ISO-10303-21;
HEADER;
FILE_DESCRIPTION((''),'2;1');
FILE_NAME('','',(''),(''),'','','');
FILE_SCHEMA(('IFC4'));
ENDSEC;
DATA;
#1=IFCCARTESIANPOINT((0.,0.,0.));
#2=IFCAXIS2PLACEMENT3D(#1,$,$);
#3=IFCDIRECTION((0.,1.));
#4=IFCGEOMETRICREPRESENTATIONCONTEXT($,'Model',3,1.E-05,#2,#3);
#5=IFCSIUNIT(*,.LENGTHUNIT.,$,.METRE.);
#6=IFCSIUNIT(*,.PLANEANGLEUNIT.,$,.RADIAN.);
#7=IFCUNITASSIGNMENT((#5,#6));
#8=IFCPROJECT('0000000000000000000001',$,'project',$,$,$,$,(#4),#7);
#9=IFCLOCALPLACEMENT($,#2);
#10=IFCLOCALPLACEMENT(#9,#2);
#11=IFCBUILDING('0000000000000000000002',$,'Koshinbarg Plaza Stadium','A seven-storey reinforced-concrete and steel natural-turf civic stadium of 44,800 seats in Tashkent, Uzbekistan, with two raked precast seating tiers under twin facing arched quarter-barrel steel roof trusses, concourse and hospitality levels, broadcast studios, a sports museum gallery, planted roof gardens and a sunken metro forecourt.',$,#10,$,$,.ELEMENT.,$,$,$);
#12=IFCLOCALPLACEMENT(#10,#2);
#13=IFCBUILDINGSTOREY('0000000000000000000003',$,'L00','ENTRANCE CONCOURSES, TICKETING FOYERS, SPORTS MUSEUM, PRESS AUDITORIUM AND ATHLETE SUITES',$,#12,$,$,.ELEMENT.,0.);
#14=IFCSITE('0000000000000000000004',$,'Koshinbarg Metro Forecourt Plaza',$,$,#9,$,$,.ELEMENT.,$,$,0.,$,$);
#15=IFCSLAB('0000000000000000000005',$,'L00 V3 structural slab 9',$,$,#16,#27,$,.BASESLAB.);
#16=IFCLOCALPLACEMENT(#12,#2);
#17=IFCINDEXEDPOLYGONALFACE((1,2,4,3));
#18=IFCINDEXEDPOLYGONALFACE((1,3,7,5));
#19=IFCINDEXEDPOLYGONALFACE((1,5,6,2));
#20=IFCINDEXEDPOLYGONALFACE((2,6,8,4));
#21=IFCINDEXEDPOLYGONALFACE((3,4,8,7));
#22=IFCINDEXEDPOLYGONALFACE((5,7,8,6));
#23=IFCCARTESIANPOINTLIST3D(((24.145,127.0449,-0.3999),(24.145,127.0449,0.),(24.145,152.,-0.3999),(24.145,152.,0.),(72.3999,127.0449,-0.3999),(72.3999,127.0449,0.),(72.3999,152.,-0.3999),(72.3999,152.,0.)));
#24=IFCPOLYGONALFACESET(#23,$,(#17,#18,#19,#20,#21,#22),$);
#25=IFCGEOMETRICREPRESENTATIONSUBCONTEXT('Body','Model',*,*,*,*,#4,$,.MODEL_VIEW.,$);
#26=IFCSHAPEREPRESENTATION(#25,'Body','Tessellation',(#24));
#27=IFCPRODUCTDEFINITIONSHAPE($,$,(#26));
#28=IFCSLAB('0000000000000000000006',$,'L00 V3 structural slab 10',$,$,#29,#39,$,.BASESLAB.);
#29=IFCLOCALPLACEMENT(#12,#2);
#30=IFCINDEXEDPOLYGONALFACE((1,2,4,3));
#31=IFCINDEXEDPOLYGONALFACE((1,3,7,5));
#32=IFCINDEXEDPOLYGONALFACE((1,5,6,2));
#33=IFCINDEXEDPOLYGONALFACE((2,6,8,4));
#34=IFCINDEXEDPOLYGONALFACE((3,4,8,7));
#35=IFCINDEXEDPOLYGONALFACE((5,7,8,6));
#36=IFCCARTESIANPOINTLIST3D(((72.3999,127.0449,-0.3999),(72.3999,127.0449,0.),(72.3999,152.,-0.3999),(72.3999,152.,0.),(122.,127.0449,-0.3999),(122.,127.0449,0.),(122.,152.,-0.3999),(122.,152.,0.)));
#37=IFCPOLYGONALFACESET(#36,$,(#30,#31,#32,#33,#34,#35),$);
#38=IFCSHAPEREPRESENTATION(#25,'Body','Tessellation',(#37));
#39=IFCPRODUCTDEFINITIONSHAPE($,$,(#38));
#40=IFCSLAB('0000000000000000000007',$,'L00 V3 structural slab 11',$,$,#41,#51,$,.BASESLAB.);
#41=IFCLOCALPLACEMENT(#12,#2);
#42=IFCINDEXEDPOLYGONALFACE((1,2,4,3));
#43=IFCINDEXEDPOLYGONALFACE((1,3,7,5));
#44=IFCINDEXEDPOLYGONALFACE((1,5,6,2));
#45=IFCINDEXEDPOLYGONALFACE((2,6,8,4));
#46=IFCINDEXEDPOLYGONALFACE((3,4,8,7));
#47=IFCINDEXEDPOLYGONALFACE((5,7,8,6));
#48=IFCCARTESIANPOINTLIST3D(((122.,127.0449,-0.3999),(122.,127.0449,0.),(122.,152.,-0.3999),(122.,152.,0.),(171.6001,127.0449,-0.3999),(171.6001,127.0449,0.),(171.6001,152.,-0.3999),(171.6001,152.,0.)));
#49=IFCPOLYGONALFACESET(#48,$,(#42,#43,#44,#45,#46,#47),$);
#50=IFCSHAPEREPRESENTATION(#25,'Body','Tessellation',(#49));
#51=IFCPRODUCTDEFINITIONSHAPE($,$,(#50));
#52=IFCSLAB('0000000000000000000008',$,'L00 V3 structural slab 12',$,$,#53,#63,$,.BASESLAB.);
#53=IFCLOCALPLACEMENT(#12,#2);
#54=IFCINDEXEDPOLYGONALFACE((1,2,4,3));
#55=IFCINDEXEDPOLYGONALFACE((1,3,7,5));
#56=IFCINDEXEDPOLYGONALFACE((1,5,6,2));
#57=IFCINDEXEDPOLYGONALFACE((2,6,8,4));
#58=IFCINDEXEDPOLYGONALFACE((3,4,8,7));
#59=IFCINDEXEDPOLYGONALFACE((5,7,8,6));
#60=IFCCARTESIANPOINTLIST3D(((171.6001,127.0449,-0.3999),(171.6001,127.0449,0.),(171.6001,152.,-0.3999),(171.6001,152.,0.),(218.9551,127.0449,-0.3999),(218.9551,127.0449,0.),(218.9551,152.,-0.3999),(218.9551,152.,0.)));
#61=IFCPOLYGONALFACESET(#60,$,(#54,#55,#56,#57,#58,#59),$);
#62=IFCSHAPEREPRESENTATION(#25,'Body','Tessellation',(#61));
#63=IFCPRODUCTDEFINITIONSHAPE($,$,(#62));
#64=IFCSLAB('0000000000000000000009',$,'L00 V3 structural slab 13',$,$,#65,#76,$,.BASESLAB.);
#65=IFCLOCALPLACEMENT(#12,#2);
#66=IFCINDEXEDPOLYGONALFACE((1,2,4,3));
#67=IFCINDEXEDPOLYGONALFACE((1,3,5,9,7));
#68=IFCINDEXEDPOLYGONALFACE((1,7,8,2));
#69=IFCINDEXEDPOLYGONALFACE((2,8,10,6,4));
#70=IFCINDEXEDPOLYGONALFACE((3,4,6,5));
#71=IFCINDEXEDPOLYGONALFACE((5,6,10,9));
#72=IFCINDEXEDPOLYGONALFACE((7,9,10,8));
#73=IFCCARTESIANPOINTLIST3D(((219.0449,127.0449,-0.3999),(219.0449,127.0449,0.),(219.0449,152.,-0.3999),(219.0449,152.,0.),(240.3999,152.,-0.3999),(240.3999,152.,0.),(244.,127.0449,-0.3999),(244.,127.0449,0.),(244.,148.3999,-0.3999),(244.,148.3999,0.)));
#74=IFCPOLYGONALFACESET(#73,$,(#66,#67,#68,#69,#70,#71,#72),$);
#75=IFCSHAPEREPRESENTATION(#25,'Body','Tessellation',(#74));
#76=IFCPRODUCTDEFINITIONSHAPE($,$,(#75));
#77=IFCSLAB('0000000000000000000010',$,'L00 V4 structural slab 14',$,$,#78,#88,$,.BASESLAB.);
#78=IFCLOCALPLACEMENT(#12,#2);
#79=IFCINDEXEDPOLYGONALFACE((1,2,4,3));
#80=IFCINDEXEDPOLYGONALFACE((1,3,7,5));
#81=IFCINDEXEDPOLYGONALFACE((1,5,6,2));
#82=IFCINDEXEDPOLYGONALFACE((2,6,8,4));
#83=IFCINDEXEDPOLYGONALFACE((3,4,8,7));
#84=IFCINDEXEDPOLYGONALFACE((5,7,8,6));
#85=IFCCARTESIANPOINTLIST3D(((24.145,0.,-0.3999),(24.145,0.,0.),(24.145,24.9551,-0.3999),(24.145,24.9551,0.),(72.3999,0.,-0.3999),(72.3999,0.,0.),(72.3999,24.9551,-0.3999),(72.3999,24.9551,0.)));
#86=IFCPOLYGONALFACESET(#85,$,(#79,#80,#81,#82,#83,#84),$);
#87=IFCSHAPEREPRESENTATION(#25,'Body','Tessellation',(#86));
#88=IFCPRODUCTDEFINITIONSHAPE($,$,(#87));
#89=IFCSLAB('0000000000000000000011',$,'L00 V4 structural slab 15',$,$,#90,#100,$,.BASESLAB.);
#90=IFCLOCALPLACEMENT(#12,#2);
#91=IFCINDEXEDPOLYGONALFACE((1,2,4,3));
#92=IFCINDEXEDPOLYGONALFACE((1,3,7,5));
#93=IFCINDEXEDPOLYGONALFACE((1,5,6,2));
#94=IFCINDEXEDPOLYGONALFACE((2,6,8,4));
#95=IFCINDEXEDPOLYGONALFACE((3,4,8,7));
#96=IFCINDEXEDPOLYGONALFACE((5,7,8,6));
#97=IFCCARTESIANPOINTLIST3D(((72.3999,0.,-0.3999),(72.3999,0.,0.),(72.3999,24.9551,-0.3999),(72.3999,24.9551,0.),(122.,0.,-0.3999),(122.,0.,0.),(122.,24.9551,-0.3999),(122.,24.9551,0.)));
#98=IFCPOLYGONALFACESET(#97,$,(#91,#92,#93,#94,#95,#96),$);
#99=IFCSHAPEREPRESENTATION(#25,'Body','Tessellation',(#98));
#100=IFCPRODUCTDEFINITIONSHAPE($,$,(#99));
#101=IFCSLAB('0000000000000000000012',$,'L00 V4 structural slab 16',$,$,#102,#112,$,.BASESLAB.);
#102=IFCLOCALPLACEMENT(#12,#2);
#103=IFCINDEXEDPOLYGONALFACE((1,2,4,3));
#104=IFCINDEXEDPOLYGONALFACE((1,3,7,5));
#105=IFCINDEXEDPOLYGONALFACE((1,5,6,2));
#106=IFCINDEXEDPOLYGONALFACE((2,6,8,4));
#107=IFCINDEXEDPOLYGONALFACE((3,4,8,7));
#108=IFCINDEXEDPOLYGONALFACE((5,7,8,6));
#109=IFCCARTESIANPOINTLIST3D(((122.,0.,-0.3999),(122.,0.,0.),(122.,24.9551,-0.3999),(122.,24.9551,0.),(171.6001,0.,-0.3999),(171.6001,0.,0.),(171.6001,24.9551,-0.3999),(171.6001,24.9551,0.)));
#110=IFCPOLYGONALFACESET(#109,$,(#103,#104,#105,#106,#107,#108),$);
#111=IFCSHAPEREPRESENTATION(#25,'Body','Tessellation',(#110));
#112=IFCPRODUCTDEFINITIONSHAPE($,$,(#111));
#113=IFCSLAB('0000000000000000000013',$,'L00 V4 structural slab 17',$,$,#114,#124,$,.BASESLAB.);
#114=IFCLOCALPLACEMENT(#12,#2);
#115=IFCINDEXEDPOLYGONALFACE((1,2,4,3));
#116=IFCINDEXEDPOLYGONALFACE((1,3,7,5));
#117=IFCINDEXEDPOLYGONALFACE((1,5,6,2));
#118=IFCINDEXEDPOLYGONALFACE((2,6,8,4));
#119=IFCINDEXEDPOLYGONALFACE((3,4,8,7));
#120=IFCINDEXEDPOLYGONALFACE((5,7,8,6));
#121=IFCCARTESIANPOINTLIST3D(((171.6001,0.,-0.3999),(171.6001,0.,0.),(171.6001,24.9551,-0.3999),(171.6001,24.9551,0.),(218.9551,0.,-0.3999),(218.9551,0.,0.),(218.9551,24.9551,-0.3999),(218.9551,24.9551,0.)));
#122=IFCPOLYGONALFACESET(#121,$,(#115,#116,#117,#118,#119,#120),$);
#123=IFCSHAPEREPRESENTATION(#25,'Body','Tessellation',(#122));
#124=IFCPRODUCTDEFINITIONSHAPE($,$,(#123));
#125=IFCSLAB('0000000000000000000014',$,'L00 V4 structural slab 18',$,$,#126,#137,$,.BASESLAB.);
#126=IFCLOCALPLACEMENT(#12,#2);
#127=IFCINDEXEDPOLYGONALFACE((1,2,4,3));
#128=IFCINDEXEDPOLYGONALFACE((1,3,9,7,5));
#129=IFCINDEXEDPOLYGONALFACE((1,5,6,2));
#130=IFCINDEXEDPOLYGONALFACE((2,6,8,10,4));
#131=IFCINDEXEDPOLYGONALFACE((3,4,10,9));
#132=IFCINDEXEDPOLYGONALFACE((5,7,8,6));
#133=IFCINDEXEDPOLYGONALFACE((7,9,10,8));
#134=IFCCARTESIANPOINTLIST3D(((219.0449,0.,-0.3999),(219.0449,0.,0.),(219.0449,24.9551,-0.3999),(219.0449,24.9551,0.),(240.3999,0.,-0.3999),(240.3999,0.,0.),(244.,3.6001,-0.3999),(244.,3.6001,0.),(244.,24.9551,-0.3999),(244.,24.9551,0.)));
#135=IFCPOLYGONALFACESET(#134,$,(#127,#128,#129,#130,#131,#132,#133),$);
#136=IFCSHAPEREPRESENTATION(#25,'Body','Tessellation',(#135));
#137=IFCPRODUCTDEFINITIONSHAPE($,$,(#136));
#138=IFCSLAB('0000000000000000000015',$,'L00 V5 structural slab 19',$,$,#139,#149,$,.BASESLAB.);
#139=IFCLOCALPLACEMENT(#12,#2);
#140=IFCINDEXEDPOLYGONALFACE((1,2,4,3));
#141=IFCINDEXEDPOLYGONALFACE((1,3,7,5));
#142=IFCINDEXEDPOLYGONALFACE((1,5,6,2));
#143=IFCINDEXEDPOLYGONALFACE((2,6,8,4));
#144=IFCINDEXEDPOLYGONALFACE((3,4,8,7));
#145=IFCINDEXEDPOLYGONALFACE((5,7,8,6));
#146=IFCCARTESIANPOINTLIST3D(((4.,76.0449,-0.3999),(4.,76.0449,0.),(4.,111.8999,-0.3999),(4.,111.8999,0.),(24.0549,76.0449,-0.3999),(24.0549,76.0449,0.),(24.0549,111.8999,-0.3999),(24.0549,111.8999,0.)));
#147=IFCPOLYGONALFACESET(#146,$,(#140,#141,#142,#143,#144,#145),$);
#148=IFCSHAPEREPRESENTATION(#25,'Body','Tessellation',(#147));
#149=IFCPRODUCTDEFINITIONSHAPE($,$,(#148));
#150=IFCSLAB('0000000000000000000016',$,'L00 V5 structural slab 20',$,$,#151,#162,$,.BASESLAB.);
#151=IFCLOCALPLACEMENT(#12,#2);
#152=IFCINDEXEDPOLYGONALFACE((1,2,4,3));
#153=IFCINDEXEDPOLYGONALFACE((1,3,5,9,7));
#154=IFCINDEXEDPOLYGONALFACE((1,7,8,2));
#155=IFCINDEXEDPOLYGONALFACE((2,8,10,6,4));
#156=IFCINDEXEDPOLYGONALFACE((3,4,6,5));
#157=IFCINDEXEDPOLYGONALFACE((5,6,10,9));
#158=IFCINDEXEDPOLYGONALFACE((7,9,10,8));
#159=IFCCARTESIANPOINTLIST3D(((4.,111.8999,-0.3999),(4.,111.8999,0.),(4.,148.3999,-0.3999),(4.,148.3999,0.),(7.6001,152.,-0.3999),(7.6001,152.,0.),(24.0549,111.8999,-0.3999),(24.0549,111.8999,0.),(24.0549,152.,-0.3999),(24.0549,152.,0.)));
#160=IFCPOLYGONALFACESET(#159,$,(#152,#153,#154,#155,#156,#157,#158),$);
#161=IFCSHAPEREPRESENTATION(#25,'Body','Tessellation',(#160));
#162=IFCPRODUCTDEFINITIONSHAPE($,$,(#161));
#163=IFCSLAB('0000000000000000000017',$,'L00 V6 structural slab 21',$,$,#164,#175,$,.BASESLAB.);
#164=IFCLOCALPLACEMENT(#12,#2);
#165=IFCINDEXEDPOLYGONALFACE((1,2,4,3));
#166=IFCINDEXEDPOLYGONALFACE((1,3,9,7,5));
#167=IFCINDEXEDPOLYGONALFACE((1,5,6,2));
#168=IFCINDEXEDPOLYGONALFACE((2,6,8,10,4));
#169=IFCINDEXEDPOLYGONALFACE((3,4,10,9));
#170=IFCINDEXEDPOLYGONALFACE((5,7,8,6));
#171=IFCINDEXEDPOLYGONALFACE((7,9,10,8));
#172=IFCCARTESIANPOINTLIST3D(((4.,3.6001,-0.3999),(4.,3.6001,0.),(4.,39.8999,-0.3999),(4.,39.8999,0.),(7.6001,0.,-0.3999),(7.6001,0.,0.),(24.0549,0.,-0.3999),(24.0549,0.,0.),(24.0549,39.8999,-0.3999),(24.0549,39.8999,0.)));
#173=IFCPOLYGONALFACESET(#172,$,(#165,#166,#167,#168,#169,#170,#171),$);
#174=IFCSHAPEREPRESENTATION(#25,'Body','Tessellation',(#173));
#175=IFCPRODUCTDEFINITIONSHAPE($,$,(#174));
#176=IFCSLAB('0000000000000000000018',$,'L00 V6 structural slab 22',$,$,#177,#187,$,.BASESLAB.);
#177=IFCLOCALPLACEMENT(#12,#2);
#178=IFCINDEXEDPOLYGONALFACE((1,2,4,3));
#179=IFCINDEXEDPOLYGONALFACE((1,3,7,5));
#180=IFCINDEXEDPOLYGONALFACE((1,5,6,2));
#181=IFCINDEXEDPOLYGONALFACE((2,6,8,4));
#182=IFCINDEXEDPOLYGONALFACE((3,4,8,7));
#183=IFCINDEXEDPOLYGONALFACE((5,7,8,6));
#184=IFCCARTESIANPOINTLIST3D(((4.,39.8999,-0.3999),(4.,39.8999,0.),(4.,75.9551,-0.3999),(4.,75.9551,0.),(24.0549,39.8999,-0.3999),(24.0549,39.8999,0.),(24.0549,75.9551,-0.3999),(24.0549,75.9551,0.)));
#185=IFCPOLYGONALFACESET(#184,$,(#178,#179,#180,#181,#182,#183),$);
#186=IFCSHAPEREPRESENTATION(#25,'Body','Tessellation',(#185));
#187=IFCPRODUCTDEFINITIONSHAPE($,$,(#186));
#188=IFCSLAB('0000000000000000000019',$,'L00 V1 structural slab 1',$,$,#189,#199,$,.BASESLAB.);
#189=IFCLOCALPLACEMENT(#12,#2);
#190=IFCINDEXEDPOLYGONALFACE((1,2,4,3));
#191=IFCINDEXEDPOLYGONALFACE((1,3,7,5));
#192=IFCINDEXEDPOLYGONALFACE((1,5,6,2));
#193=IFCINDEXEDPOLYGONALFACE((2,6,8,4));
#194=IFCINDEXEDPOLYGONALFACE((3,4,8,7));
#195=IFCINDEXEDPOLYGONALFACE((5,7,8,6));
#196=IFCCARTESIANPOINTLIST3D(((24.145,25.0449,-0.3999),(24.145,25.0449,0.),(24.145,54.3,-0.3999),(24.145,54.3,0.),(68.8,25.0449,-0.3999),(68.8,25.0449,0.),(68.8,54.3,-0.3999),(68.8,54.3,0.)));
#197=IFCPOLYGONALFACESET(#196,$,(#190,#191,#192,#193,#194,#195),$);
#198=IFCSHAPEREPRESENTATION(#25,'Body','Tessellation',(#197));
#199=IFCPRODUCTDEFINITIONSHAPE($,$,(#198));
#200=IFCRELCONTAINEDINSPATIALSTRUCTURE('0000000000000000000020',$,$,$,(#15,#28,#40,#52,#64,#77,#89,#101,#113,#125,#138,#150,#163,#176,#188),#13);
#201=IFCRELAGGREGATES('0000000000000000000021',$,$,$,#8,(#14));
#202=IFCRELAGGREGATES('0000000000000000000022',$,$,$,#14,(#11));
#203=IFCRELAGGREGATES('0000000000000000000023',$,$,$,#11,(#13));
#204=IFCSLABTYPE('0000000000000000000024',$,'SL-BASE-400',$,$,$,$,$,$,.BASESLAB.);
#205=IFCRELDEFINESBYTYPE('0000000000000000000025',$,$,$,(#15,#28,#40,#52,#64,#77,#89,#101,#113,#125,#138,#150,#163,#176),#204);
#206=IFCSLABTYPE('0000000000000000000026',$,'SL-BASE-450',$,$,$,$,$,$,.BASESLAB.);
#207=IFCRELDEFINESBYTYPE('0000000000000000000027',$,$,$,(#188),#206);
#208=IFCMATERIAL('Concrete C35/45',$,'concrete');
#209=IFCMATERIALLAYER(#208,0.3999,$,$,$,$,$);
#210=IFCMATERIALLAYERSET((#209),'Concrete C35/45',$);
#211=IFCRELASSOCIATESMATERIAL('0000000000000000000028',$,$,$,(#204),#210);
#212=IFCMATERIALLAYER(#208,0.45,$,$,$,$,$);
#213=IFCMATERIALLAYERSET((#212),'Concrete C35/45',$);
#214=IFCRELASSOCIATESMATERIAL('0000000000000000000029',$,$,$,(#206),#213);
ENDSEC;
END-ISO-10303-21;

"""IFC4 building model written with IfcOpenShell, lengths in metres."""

from ifc_helpers import new_model, si_unit, direction, frame, origin, place, context, subcontext, project, spatial, polyline, outline, extrude, material, layer, layer_set, type_object, element, save


model = new_model("IFC4")

# Units and contexts
model_context = context("Model", 3, precision=1e-05, world=origin(), true_north=direction((0.0, 1.0)))
body_context = subcontext(model_context, "Body", "Model", "MODEL_VIEW")
ifc_project = project(units=[si_unit("LENGTHUNIT", "METRE"), si_unit("PLANEANGLEUNIT", "RADIAN")], contexts=[model_context])

# Site, building, storey
site_placement = place(None, origin())
site = spatial("IfcSite", under=ifc_project, at=site_placement, Name="Koshinbarg Metro Forecourt Plaza", CompositionType="ELEMENT", RefElevation=0.0)
building_placement = place(site_placement, origin())
building = spatial("IfcBuilding", under=site, at=building_placement, Name="Koshinbarg Plaza Stadium", Description="A seven-storey reinforced-concrete and steel natural-turf civic stadium of 44,800 seats in Tashkent, Uzbekistan, with two raked precast seating tiers under twin facing arched quarter-barrel steel roof trusses, concourse and hospitality levels, broadcast studios, a sports museum gallery, planted roof gardens and a sunken metro forecourt.", CompositionType="ELEMENT")
storey_placement = place(building_placement, origin())
storey = spatial("IfcBuildingStorey", under=building, at=storey_placement, Name="L00", Description="ENTRANCE CONCOURSES, TICKETING FOYERS, SPORTS MUSEUM, PRESS AUDITORIUM AND ATHLETE SUITES", CompositionType="ELEMENT", Elevation=0.0)

# Slabs
ifc_material_1 = material(Name="Concrete C35/45", Category="concrete")
ifc_layer_1 = layer(ifc_material_1, 0.3999)
ifc_layer_set_1 = layer_set([ifc_layer_1], Name="Concrete C35/45")
slab_type_1 = type_object("IfcSlabType", Name="SL-BASE-400", PredefinedType="BASESLAB", material=ifc_layer_set_1)
slab_1_placement = place(storey_placement, frame((0.0, 0.0, -0.3999)))
element("IfcSlab", 1, at=slab_1_placement, inside=storey, type_object=slab_type_1, Name="L00 V3 structural slab 9", PredefinedType="BASESLAB", context=body_context, shape_type="SweptSolid", body=[
    extrude(outline(polyline([(24.145, 127.0449), (72.3999, 127.0449), (72.3999, 152.0), (24.145, 152.0), (24.145, 127.0449)])), origin(), (0.0, 0.0, 1.0), 0.3999),
])
slab_2_placement = place(storey_placement, frame((0.0, 0.0, -0.3999)))
element("IfcSlab", 2, at=slab_2_placement, inside=storey, type_object=slab_type_1, Name="L00 V3 structural slab 10", PredefinedType="BASESLAB", context=body_context, shape_type="SweptSolid", body=[
    extrude(outline(polyline([(72.3999, 127.0449), (122.0, 127.0449), (122.0, 152.0), (72.3999, 152.0), (72.3999, 127.0449)])), origin(), (0.0, 0.0, 1.0), 0.3999),
])
slab_3_placement = place(storey_placement, frame((0.0, 0.0, -0.3999)))
element("IfcSlab", 3, at=slab_3_placement, inside=storey, type_object=slab_type_1, Name="L00 V3 structural slab 11", PredefinedType="BASESLAB", context=body_context, shape_type="SweptSolid", body=[
    extrude(outline(polyline([(122.0, 127.0449), (171.6001, 127.0449), (171.6001, 152.0), (122.0, 152.0), (122.0, 127.0449)])), origin(), (0.0, 0.0, 1.0), 0.3999),
])
slab_4_placement = place(storey_placement, frame((0.0, 0.0, -0.3999)))
element("IfcSlab", 4, at=slab_4_placement, inside=storey, type_object=slab_type_1, Name="L00 V3 structural slab 12", PredefinedType="BASESLAB", context=body_context, shape_type="SweptSolid", body=[
    extrude(outline(polyline([(171.6001, 127.0449), (218.9551, 127.0449), (218.9551, 152.0), (171.6001, 152.0), (171.6001, 127.0449)])), origin(), (0.0, 0.0, 1.0), 0.3999),
])
slab_5_placement = place(storey_placement, frame((0.0, 0.0, -0.3999)))
element("IfcSlab", 5, at=slab_5_placement, inside=storey, type_object=slab_type_1, Name="L00 V3 structural slab 13", PredefinedType="BASESLAB", context=body_context, shape_type="SweptSolid", body=[
    extrude(outline(polyline([(219.0449, 127.0449), (244.0, 127.0449), (244.0, 148.3999), (240.3999, 152.0), (219.0449, 152.0), (219.0449, 127.0449)])), origin(), (0.0, 0.0, 1.0), 0.3999),
])
slab_6_placement = place(storey_placement, frame((0.0, 0.0, -0.3999)))
element("IfcSlab", 6, at=slab_6_placement, inside=storey, type_object=slab_type_1, Name="L00 V4 structural slab 14", PredefinedType="BASESLAB", context=body_context, shape_type="SweptSolid", body=[
    extrude(outline(polyline([(24.145, 0.0), (72.3999, 0.0), (72.3999, 24.9551), (24.145, 24.9551), (24.145, 0.0)])), origin(), (0.0, 0.0, 1.0), 0.3999),
])
slab_7_placement = place(storey_placement, frame((0.0, 0.0, -0.3999)))
element("IfcSlab", 7, at=slab_7_placement, inside=storey, type_object=slab_type_1, Name="L00 V4 structural slab 15", PredefinedType="BASESLAB", context=body_context, shape_type="SweptSolid", body=[
    extrude(outline(polyline([(72.3999, 0.0), (122.0, 0.0), (122.0, 24.9551), (72.3999, 24.9551), (72.3999, 0.0)])), origin(), (0.0, 0.0, 1.0), 0.3999),
])
slab_8_placement = place(storey_placement, frame((0.0, 0.0, -0.3999)))
element("IfcSlab", 8, at=slab_8_placement, inside=storey, type_object=slab_type_1, Name="L00 V4 structural slab 16", PredefinedType="BASESLAB", context=body_context, shape_type="SweptSolid", body=[
    extrude(outline(polyline([(122.0, 0.0), (171.6001, 0.0), (171.6001, 24.9551), (122.0, 24.9551), (122.0, 0.0)])), origin(), (0.0, 0.0, 1.0), 0.3999),
])
slab_9_placement = place(storey_placement, frame((0.0, 0.0, -0.3999)))
element("IfcSlab", 9, at=slab_9_placement, inside=storey, type_object=slab_type_1, Name="L00 V4 structural slab 17", PredefinedType="BASESLAB", context=body_context, shape_type="SweptSolid", body=[
    extrude(outline(polyline([(171.6001, 0.0), (218.9551, 0.0), (218.9551, 24.9551), (171.6001, 24.9551), (171.6001, 0.0)])), origin(), (0.0, 0.0, 1.0), 0.3999),
])
slab_10_placement = place(storey_placement, frame((0.0, 0.0, -0.3999)))
element("IfcSlab", 10, at=slab_10_placement, inside=storey, type_object=slab_type_1, Name="L00 V4 structural slab 18", PredefinedType="BASESLAB", context=body_context, shape_type="SweptSolid", body=[
    extrude(outline(polyline([(219.0449, 0.0), (240.3999, 0.0), (244.0, 3.6001), (244.0, 24.9551), (219.0449, 24.9551), (219.0449, 0.0)])), origin(), (0.0, 0.0, 1.0), 0.3999),
])
slab_11_placement = place(storey_placement, frame((0.0, 0.0, -0.3999)))
element("IfcSlab", 11, at=slab_11_placement, inside=storey, type_object=slab_type_1, Name="L00 V5 structural slab 19", PredefinedType="BASESLAB", context=body_context, shape_type="SweptSolid", body=[
    extrude(outline(polyline([(4.0, 76.0449), (24.0549, 76.0449), (24.0549, 111.8999), (4.0, 111.8999), (4.0, 76.0449)])), origin(), (0.0, 0.0, 1.0), 0.3999),
])
slab_12_placement = place(storey_placement, frame((0.0, 0.0, -0.3999)))
element("IfcSlab", 12, at=slab_12_placement, inside=storey, type_object=slab_type_1, Name="L00 V5 structural slab 20", PredefinedType="BASESLAB", context=body_context, shape_type="SweptSolid", body=[
    extrude(outline(polyline([(4.0, 111.8999), (24.0549, 111.8999), (24.0549, 152.0), (7.6001, 152.0), (4.0, 148.3999), (4.0, 111.8999)])), origin(), (0.0, 0.0, 1.0), 0.3999),
])
slab_13_placement = place(storey_placement, frame((0.0, 0.0, -0.3999)))
element("IfcSlab", 13, at=slab_13_placement, inside=storey, type_object=slab_type_1, Name="L00 V6 structural slab 21", PredefinedType="BASESLAB", context=body_context, shape_type="SweptSolid", body=[
    extrude(outline(polyline([(7.6001, 0.0), (24.0549, 0.0), (24.0549, 39.8999), (4.0, 39.8999), (4.0, 3.6001), (7.6001, 0.0)])), origin(), (0.0, 0.0, 1.0), 0.3999),
])
slab_14_placement = place(storey_placement, frame((0.0, 0.0, -0.3999)))
element("IfcSlab", 14, at=slab_14_placement, inside=storey, type_object=slab_type_1, Name="L00 V6 structural slab 22", PredefinedType="BASESLAB", context=body_context, shape_type="SweptSolid", body=[
    extrude(outline(polyline([(4.0, 39.8999), (24.0549, 39.8999), (24.0549, 75.9551), (4.0, 75.9551), (4.0, 39.8999)])), origin(), (0.0, 0.0, 1.0), 0.3999),
])
ifc_layer_2 = layer(ifc_material_1, 0.45)
ifc_layer_set_2 = layer_set([ifc_layer_2], Name="Concrete C35/45")
slab_type_2 = type_object("IfcSlabType", Name="SL-BASE-450", PredefinedType="BASESLAB", material=ifc_layer_set_2)
slab_15_placement = place(storey_placement, frame((0.0, 0.0, -0.3999)))
element("IfcSlab", 15, at=slab_15_placement, inside=storey, type_object=slab_type_2, Name="L00 V1 structural slab 1", PredefinedType="BASESLAB", context=body_context, shape_type="SweptSolid", body=[
    extrude(outline(polyline([(24.145, 25.0449), (68.8, 25.0449), (68.8, 54.3), (24.145, 54.3), (24.145, 25.0449)])), origin(), (0.0, 0.0, 1.0), 0.3999),
])

save(model, "model.ifc")
